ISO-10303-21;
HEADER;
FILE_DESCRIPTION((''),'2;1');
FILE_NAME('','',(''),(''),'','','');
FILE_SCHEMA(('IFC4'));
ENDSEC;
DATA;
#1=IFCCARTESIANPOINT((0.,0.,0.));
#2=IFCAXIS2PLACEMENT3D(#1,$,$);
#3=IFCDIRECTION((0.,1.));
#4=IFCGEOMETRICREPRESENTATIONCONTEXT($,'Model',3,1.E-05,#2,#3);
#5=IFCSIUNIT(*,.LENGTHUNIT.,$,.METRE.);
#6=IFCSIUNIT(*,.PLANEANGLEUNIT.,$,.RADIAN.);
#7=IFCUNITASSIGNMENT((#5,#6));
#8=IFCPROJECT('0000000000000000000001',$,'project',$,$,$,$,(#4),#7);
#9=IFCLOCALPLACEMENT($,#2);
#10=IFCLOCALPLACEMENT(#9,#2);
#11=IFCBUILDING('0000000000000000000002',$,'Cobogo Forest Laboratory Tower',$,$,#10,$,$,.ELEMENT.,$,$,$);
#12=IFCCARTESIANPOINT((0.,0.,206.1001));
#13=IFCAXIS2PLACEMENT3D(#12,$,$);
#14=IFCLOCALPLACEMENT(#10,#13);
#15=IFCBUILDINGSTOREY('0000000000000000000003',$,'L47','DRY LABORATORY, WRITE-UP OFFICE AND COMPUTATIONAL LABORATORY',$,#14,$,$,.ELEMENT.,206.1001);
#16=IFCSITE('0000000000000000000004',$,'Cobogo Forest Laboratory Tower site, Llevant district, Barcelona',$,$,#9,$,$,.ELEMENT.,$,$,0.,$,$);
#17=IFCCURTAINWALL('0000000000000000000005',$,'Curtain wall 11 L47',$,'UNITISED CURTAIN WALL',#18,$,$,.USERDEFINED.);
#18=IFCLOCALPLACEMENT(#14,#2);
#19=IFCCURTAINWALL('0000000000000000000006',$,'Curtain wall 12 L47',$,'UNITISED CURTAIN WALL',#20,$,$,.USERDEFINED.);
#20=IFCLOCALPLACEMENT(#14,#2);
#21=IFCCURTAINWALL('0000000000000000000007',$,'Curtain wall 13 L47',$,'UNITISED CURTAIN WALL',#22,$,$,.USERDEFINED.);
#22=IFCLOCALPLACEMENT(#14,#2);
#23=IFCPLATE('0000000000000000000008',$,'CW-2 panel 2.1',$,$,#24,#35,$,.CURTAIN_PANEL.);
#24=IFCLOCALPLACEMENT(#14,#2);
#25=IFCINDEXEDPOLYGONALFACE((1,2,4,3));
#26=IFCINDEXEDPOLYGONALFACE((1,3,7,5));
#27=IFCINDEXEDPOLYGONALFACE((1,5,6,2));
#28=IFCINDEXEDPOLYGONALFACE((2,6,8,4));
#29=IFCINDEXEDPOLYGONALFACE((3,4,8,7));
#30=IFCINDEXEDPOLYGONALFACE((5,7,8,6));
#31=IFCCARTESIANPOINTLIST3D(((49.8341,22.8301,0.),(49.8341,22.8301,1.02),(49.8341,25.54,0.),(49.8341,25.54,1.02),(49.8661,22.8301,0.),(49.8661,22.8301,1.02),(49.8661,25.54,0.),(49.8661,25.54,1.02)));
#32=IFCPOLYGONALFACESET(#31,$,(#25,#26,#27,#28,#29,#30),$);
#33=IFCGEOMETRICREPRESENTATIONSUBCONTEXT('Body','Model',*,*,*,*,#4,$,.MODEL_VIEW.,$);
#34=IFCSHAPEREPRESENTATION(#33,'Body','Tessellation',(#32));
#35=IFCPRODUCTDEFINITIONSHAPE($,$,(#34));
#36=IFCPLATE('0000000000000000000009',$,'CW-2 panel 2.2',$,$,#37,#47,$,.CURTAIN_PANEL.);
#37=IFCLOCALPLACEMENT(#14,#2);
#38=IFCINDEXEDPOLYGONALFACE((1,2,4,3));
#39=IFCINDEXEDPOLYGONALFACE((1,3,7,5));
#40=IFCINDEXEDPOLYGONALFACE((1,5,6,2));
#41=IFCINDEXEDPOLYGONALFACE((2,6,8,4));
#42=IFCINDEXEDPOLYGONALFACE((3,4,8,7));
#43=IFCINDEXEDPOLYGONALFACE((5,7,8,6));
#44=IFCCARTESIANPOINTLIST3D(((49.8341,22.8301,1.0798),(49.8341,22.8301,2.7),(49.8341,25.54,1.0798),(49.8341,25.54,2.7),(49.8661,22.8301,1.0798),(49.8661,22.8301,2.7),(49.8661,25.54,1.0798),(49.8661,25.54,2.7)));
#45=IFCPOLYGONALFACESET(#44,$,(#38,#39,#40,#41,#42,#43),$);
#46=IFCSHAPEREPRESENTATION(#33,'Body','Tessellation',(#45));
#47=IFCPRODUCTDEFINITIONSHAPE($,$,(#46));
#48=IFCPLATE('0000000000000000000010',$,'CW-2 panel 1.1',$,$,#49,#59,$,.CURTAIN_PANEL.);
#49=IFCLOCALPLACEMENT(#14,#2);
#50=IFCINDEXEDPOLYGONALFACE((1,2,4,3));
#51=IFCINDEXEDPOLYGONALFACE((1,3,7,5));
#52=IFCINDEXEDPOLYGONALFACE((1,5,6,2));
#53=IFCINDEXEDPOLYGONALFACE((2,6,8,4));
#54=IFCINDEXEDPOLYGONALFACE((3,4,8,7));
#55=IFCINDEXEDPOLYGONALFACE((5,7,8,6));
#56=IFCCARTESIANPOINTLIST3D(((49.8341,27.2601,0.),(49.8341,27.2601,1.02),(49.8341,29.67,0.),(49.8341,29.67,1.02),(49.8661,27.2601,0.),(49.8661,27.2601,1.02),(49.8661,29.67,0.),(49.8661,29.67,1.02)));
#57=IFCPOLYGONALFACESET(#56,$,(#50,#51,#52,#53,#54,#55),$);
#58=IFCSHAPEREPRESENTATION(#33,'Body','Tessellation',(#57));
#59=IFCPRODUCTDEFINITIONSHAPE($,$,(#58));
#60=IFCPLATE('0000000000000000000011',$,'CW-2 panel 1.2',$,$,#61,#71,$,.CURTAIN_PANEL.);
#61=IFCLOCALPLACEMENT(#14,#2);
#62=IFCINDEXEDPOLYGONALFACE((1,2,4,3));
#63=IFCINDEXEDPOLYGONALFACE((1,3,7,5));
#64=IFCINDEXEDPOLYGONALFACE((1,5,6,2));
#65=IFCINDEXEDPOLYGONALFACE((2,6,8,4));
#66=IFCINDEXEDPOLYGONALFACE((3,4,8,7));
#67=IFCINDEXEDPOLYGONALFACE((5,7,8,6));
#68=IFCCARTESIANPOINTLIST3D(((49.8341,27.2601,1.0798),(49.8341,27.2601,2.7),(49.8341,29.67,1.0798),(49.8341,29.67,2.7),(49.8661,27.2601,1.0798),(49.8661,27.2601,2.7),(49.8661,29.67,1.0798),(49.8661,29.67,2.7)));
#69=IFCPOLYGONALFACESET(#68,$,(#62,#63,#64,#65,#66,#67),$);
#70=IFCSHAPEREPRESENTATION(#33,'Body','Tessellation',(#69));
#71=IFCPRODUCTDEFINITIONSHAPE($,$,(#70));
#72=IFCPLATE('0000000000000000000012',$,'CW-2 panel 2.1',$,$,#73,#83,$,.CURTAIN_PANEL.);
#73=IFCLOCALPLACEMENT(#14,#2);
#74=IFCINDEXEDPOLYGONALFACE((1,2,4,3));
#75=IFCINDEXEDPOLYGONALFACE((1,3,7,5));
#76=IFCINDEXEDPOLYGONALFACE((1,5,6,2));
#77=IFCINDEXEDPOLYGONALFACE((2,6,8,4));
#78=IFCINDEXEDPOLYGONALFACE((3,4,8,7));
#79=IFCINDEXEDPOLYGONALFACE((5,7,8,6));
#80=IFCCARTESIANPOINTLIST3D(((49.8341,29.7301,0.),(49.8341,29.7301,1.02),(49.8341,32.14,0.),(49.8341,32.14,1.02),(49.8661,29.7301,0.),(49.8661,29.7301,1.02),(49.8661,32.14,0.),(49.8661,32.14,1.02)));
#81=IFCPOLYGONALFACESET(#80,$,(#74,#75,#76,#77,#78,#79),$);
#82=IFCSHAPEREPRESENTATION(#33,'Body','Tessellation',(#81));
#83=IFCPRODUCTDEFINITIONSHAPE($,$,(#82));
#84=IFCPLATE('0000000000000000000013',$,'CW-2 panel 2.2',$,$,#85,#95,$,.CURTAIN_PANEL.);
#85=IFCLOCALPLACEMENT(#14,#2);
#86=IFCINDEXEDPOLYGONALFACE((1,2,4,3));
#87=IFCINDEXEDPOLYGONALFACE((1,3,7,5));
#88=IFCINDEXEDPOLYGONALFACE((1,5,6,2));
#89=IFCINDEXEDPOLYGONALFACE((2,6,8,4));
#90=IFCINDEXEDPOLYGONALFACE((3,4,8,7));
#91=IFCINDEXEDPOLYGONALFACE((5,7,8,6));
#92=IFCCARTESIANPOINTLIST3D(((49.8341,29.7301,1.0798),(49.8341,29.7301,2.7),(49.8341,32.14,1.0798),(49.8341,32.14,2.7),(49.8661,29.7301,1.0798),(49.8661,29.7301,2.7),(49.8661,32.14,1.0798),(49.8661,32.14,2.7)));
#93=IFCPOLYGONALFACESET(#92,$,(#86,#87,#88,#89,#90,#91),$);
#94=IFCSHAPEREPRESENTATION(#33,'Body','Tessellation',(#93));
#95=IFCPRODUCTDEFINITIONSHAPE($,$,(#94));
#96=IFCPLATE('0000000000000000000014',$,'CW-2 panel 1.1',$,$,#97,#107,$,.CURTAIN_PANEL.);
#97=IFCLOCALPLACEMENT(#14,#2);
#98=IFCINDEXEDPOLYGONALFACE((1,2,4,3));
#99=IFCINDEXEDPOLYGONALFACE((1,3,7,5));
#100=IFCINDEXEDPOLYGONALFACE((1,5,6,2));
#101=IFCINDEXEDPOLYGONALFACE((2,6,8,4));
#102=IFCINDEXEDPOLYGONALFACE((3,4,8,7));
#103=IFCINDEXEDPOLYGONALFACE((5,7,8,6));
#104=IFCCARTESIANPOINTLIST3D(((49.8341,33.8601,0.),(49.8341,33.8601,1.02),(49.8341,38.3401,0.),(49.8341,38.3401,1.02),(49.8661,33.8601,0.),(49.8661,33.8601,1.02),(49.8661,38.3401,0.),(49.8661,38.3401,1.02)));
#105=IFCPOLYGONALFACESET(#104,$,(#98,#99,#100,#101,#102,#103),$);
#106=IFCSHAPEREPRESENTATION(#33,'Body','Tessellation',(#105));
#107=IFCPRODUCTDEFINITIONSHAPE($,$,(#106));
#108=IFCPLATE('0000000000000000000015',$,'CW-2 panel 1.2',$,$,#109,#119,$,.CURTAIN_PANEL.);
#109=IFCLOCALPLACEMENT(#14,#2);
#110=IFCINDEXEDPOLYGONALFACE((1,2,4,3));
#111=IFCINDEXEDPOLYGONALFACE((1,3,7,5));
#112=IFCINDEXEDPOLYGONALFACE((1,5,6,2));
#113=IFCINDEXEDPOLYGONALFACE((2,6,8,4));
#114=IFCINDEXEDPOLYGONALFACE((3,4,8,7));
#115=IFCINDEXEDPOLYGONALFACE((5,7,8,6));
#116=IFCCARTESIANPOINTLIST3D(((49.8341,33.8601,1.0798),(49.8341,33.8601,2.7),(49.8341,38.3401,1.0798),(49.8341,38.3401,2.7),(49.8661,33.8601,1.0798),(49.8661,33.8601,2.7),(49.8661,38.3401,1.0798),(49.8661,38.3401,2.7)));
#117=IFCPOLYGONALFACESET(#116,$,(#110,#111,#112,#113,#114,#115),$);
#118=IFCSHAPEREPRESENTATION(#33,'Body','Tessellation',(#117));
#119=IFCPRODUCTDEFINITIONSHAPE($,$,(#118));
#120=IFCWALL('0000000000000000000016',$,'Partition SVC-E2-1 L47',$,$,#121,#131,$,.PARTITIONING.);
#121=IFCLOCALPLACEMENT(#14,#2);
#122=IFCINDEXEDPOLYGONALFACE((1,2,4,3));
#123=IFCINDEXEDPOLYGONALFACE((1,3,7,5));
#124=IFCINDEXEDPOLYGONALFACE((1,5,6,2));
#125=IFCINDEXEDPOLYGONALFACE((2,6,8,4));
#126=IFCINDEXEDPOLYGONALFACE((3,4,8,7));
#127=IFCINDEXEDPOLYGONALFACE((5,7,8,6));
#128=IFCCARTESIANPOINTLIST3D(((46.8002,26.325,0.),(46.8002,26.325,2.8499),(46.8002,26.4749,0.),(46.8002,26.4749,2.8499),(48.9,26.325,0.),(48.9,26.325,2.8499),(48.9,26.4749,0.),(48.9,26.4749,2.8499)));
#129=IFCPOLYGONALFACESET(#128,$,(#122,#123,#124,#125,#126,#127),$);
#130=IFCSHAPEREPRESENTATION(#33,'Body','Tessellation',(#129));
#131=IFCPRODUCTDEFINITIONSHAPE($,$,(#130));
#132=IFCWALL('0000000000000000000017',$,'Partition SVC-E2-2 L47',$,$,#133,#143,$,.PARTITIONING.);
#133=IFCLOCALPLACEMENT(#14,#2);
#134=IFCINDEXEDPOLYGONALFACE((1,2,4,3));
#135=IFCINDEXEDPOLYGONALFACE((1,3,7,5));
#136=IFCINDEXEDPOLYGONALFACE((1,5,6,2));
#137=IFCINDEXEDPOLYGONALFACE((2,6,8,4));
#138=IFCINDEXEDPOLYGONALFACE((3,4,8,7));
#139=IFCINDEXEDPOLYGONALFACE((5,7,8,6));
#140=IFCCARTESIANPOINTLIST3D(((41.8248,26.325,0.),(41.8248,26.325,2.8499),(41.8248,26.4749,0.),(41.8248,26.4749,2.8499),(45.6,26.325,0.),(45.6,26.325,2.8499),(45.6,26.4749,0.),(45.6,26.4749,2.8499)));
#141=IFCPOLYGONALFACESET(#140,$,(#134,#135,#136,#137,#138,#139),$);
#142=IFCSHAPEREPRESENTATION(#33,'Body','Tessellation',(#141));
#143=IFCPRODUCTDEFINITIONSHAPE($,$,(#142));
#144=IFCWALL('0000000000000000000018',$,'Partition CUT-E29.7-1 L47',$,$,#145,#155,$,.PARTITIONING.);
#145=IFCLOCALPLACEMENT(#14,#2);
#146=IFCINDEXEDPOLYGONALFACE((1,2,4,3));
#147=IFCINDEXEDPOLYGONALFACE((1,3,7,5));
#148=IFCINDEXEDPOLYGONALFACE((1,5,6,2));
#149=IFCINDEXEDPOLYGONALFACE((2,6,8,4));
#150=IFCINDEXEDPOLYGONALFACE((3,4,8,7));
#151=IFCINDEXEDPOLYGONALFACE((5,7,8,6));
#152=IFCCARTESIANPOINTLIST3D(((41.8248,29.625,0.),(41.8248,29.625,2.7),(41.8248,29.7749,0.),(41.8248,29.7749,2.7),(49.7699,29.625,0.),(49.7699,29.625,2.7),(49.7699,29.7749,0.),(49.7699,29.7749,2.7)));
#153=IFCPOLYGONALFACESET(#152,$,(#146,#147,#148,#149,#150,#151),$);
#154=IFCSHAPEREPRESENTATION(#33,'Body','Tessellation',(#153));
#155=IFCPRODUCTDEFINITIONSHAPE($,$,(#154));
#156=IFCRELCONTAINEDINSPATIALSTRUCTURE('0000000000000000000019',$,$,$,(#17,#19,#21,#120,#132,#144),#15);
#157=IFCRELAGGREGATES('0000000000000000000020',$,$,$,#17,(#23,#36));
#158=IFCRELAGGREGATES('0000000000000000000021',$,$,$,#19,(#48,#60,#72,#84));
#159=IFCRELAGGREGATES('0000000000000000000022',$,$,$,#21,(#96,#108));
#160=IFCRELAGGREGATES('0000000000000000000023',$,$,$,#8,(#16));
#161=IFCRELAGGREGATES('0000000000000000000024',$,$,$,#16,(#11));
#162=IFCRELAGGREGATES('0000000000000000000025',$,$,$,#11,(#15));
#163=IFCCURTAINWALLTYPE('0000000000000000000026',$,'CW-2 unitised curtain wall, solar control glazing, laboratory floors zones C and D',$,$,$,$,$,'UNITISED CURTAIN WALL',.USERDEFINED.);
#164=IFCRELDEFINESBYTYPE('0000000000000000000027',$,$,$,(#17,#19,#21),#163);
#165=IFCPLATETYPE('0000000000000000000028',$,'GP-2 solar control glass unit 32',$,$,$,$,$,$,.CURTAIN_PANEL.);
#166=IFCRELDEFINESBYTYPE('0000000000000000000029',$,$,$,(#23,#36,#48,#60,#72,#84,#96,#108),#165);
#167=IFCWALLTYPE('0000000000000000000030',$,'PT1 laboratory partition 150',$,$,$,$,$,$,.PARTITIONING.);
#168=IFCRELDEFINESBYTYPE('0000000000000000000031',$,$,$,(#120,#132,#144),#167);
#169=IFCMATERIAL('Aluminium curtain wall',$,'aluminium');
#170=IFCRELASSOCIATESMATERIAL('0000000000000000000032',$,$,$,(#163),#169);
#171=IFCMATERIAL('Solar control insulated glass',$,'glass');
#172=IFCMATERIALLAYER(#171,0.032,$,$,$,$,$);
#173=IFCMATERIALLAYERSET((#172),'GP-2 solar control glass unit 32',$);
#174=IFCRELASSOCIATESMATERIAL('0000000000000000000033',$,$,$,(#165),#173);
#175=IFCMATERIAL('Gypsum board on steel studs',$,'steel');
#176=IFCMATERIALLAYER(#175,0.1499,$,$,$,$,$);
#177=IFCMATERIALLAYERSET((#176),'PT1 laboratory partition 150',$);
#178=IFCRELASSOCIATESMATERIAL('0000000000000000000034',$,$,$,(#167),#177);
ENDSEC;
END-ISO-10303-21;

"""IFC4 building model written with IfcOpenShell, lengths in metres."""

from ifc_helpers import new_model, si_unit, direction, frame, frame_2d, origin, origin_2d, place, context, subcontext, project, spatial, rectangle, extrude, material, layer, layer_set, type_object, element, aggregate, save


model = new_model("IFC4")

# Units and contexts
model_context = context("Model", 3, precision=1e-05, world=origin(), true_north=direction((0.0, 1.0)))
body_context = subcontext(model_context, "Body", "Model", "MODEL_VIEW")
ifc_project = project(units=[si_unit("LENGTHUNIT", "METRE"), si_unit("PLANEANGLEUNIT", "RADIAN")], contexts=[model_context])

# Site, building, storey
site_placement = place(None, origin())
site = spatial("IfcSite", under=ifc_project, at=site_placement, Name="Cobogo Forest Laboratory Tower site, Llevant district, Barcelona", CompositionType="ELEMENT", RefElevation=0.0)
building_placement = place(site_placement, origin())
building = spatial("IfcBuilding", under=site, at=building_placement, Name="Cobogo Forest Laboratory Tower", CompositionType="ELEMENT")
storey_placement = place(building_placement, frame((0.0, 0.0, 206.1001)))
storey = spatial("IfcBuildingStorey", under=building, at=storey_placement, Name="L47", Description="DRY LABORATORY, WRITE-UP OFFICE AND COMPUTATIONAL LABORATORY", CompositionType="ELEMENT", Elevation=206.1001)

# Curtain wall
ifc_material_1 = material(Name="Aluminium curtain wall", Category="aluminium")
curtain_wall_type = type_object("IfcCurtainWallType", Name="CW-2 unitised curtain wall, solar control glazing, laboratory floors zones C and D", ElementType="UNITISED CURTAIN WALL", PredefinedType="USERDEFINED", material=ifc_material_1)
curtain_wall_1_placement = place(storey_placement, origin())
curtain_wall_1 = element("IfcCurtainWall", 1, at=curtain_wall_1_placement, inside=storey, type_object=curtain_wall_type, Name="Curtain wall 11 L47", ObjectType="UNITISED CURTAIN WALL", PredefinedType="USERDEFINED")

# Curtain walls
curtain_wall_2_placement = place(storey_placement, origin())
curtain_wall_2 = element("IfcCurtainWall", 2, at=curtain_wall_2_placement, inside=storey, type_object=curtain_wall_type, Name="Curtain wall 12 L47", ObjectType="UNITISED CURTAIN WALL", PredefinedType="USERDEFINED")
curtain_wall_3_placement = place(storey_placement, origin())
curtain_wall_3 = element("IfcCurtainWall", 3, at=curtain_wall_3_placement, inside=storey, type_object=curtain_wall_type, Name="Curtain wall 13 L47", ObjectType="UNITISED CURTAIN WALL", PredefinedType="USERDEFINED")

# Plates
ifc_material_2 = material(Name="Solar control insulated glass", Category="glass")
ifc_layer_1 = layer(ifc_material_2, 0.032)
ifc_layer_set_1 = layer_set([ifc_layer_1], Name="GP-2 solar control glass unit 32")
plate_type_1 = type_object("IfcPlateType", Name="GP-2 solar control glass unit 32", PredefinedType="CURTAIN_PANEL", material=ifc_layer_set_1)
plate_1_placement = place(storey_placement, frame((49.8501, 24.1851, 0.0), z_axis=(0.0, 0.0, 1.0), x_axis=(0.0, 1.0, 0.0)))
plate_1 = element("IfcPlate", 4, at=plate_1_placement, type_object=plate_type_1, Name="CW-2 panel 2.1", PredefinedType="CURTAIN_PANEL", context=body_context, shape_type="SweptSolid", body=[
    extrude(rectangle(XDim=2.71, YDim=0.032, at=origin_2d()), origin(), (0.0, 0.0, 1.0), 1.02),
])
plate_2_placement = place(storey_placement, frame((49.8501, 24.1851, 1.0798), z_axis=(0.0, 0.0, 1.0), x_axis=(0.0, 1.0, 0.0)))
plate_2 = element("IfcPlate", 5, at=plate_2_placement, type_object=plate_type_1, Name="CW-2 panel 2.2", PredefinedType="CURTAIN_PANEL", context=body_context, shape_type="SweptSolid", body=[
    extrude(rectangle(XDim=2.71, YDim=0.032, at=origin_2d()), origin(), (0.0, 0.0, 1.0), 1.6201),
])
aggregate(curtain_wall_1, [plate_1, plate_2])
plate_3_placement = place(storey_placement, frame((49.8501, 28.4651, 0.0), z_axis=(0.0, 0.0, 1.0), x_axis=(0.0, 1.0, 0.0)))
plate_3 = element("IfcPlate", 6, at=plate_3_placement, type_object=plate_type_1, Name="CW-2 panel 1.1", PredefinedType="CURTAIN_PANEL", context=body_context, shape_type="SweptSolid", body=[
    extrude(rectangle(XDim=2.4099, YDim=0.032, at=origin_2d()), origin(), (0.0, 0.0, 1.0), 1.02),
])
plate_4_placement = place(storey_placement, frame((49.8501, 28.4651, 1.0798), z_axis=(0.0, 0.0, 1.0), x_axis=(0.0, 1.0, 0.0)))
plate_4 = element("IfcPlate", 7, at=plate_4_placement, type_object=plate_type_1, Name="CW-2 panel 1.2", PredefinedType="CURTAIN_PANEL", context=body_context, shape_type="SweptSolid", body=[
    extrude(rectangle(XDim=2.4099, YDim=0.032, at=origin_2d()), origin(), (0.0, 0.0, 1.0), 1.6201),
])
plate_5_placement = place(storey_placement, frame((49.8501, 30.9351, 0.0), z_axis=(0.0, 0.0, 1.0), x_axis=(0.0, 1.0, 0.0)))
plate_5 = element("IfcPlate", 8, at=plate_5_placement, type_object=plate_type_1, Name="CW-2 panel 2.1", PredefinedType="CURTAIN_PANEL", context=body_context, shape_type="SweptSolid", body=[
    extrude(rectangle(XDim=2.4099, YDim=0.032, at=origin_2d()), origin(), (0.0, 0.0, 1.0), 1.02),
])
plate_6_placement = place(storey_placement, frame((49.8501, 30.9351, 1.0798), z_axis=(0.0, 0.0, 1.0), x_axis=(0.0, 1.0, 0.0)))
plate_6 = element("IfcPlate", 9, at=plate_6_placement, type_object=plate_type_1, Name="CW-2 panel 2.2", PredefinedType="CURTAIN_PANEL", context=body_context, shape_type="SweptSolid", body=[
    extrude(rectangle(XDim=2.4099, YDim=0.032, at=origin_2d()), origin(), (0.0, 0.0, 1.0), 1.6201),
])
aggregate(curtain_wall_2, [plate_3, plate_4, plate_5, plate_6])
plate_7_placement = place(storey_placement, frame((49.8501, 36.1001, 0.0), z_axis=(0.0, 0.0, 1.0), x_axis=(0.0, 1.0, 0.0)))
plate_7 = element("IfcPlate", 10, at=plate_7_placement, type_object=plate_type_1, Name="CW-2 panel 1.1", PredefinedType="CURTAIN_PANEL", context=body_context, shape_type="SweptSolid", body=[
    extrude(rectangle(XDim=4.48, YDim=0.032, at=origin_2d()), origin(), (0.0, 0.0, 1.0), 1.02),
])
plate_8_placement = place(storey_placement, frame((49.8501, 36.1001, 1.0798), z_axis=(0.0, 0.0, 1.0), x_axis=(0.0, 1.0, 0.0)))
plate_8 = element("IfcPlate", 11, at=plate_8_placement, type_object=plate_type_1, Name="CW-2 panel 1.2", PredefinedType="CURTAIN_PANEL", context=body_context, shape_type="SweptSolid", body=[
    extrude(rectangle(XDim=4.48, YDim=0.032, at=origin_2d()), origin(), (0.0, 0.0, 1.0), 1.6201),
])
aggregate(curtain_wall_3, [plate_7, plate_8])

# Walls
ifc_material_3 = material(Name="Gypsum board on steel studs", Category="steel")
ifc_layer_2 = layer(ifc_material_3, 0.1499)
ifc_layer_set_2 = layer_set([ifc_layer_2], Name="PT1 laboratory partition 150")
wall_type = type_object("IfcWallType", Name="PT1 laboratory partition 150", PredefinedType="PARTITIONING", material=ifc_layer_set_2)
wall_1_placement = place(storey_placement, frame((48.8999, 26.3999, 0.0), z_axis=(0.0, 0.0, 1.0), x_axis=(-1.0, 0.0, 0.0)))
element("IfcWall", 12, at=wall_1_placement, inside=storey, type_object=wall_type, Name="Partition SVC-E2-1 L47", PredefinedType="PARTITIONING", context=body_context, shape_type="SweptSolid", body=[
    extrude(rectangle(XDim=2.0999, YDim=0.1499, at=frame_2d((1.0498, 0.0))), origin(), (0.0, 0.0, 1.0), 2.8499),
])
wall_2_placement = place(storey_placement, frame((45.6001, 26.3999, 0.0), z_axis=(0.0, 0.0, 1.0), x_axis=(-1.0, 0.0, 0.0)))
element("IfcWall", 13, at=wall_2_placement, inside=storey, type_object=wall_type, Name="Partition SVC-E2-2 L47", PredefinedType="PARTITIONING", context=body_context, shape_type="SweptSolid", body=[
    extrude(rectangle(XDim=3.7751, YDim=0.1499, at=frame_2d((1.8877, 0.0))), origin(), (0.0, 0.0, 1.0), 2.8499),
])
wall_3_placement = place(storey_placement, frame((49.77, 29.7, 0.0), z_axis=(0.0, 0.0, 1.0), x_axis=(-1.0, 0.0, 0.0)))
element("IfcWall", 14, at=wall_3_placement, inside=storey, type_object=wall_type, Name="Partition CUT-E29.7-1 L47", PredefinedType="PARTITIONING", context=body_context, shape_type="SweptSolid", body=[
    extrude(rectangle(XDim=7.9451, YDim=0.1499, at=frame_2d((3.9727, 0.0))), origin(), (0.0, 0.0, 1.0), 2.7),
])

save(model, "model.ifc")
